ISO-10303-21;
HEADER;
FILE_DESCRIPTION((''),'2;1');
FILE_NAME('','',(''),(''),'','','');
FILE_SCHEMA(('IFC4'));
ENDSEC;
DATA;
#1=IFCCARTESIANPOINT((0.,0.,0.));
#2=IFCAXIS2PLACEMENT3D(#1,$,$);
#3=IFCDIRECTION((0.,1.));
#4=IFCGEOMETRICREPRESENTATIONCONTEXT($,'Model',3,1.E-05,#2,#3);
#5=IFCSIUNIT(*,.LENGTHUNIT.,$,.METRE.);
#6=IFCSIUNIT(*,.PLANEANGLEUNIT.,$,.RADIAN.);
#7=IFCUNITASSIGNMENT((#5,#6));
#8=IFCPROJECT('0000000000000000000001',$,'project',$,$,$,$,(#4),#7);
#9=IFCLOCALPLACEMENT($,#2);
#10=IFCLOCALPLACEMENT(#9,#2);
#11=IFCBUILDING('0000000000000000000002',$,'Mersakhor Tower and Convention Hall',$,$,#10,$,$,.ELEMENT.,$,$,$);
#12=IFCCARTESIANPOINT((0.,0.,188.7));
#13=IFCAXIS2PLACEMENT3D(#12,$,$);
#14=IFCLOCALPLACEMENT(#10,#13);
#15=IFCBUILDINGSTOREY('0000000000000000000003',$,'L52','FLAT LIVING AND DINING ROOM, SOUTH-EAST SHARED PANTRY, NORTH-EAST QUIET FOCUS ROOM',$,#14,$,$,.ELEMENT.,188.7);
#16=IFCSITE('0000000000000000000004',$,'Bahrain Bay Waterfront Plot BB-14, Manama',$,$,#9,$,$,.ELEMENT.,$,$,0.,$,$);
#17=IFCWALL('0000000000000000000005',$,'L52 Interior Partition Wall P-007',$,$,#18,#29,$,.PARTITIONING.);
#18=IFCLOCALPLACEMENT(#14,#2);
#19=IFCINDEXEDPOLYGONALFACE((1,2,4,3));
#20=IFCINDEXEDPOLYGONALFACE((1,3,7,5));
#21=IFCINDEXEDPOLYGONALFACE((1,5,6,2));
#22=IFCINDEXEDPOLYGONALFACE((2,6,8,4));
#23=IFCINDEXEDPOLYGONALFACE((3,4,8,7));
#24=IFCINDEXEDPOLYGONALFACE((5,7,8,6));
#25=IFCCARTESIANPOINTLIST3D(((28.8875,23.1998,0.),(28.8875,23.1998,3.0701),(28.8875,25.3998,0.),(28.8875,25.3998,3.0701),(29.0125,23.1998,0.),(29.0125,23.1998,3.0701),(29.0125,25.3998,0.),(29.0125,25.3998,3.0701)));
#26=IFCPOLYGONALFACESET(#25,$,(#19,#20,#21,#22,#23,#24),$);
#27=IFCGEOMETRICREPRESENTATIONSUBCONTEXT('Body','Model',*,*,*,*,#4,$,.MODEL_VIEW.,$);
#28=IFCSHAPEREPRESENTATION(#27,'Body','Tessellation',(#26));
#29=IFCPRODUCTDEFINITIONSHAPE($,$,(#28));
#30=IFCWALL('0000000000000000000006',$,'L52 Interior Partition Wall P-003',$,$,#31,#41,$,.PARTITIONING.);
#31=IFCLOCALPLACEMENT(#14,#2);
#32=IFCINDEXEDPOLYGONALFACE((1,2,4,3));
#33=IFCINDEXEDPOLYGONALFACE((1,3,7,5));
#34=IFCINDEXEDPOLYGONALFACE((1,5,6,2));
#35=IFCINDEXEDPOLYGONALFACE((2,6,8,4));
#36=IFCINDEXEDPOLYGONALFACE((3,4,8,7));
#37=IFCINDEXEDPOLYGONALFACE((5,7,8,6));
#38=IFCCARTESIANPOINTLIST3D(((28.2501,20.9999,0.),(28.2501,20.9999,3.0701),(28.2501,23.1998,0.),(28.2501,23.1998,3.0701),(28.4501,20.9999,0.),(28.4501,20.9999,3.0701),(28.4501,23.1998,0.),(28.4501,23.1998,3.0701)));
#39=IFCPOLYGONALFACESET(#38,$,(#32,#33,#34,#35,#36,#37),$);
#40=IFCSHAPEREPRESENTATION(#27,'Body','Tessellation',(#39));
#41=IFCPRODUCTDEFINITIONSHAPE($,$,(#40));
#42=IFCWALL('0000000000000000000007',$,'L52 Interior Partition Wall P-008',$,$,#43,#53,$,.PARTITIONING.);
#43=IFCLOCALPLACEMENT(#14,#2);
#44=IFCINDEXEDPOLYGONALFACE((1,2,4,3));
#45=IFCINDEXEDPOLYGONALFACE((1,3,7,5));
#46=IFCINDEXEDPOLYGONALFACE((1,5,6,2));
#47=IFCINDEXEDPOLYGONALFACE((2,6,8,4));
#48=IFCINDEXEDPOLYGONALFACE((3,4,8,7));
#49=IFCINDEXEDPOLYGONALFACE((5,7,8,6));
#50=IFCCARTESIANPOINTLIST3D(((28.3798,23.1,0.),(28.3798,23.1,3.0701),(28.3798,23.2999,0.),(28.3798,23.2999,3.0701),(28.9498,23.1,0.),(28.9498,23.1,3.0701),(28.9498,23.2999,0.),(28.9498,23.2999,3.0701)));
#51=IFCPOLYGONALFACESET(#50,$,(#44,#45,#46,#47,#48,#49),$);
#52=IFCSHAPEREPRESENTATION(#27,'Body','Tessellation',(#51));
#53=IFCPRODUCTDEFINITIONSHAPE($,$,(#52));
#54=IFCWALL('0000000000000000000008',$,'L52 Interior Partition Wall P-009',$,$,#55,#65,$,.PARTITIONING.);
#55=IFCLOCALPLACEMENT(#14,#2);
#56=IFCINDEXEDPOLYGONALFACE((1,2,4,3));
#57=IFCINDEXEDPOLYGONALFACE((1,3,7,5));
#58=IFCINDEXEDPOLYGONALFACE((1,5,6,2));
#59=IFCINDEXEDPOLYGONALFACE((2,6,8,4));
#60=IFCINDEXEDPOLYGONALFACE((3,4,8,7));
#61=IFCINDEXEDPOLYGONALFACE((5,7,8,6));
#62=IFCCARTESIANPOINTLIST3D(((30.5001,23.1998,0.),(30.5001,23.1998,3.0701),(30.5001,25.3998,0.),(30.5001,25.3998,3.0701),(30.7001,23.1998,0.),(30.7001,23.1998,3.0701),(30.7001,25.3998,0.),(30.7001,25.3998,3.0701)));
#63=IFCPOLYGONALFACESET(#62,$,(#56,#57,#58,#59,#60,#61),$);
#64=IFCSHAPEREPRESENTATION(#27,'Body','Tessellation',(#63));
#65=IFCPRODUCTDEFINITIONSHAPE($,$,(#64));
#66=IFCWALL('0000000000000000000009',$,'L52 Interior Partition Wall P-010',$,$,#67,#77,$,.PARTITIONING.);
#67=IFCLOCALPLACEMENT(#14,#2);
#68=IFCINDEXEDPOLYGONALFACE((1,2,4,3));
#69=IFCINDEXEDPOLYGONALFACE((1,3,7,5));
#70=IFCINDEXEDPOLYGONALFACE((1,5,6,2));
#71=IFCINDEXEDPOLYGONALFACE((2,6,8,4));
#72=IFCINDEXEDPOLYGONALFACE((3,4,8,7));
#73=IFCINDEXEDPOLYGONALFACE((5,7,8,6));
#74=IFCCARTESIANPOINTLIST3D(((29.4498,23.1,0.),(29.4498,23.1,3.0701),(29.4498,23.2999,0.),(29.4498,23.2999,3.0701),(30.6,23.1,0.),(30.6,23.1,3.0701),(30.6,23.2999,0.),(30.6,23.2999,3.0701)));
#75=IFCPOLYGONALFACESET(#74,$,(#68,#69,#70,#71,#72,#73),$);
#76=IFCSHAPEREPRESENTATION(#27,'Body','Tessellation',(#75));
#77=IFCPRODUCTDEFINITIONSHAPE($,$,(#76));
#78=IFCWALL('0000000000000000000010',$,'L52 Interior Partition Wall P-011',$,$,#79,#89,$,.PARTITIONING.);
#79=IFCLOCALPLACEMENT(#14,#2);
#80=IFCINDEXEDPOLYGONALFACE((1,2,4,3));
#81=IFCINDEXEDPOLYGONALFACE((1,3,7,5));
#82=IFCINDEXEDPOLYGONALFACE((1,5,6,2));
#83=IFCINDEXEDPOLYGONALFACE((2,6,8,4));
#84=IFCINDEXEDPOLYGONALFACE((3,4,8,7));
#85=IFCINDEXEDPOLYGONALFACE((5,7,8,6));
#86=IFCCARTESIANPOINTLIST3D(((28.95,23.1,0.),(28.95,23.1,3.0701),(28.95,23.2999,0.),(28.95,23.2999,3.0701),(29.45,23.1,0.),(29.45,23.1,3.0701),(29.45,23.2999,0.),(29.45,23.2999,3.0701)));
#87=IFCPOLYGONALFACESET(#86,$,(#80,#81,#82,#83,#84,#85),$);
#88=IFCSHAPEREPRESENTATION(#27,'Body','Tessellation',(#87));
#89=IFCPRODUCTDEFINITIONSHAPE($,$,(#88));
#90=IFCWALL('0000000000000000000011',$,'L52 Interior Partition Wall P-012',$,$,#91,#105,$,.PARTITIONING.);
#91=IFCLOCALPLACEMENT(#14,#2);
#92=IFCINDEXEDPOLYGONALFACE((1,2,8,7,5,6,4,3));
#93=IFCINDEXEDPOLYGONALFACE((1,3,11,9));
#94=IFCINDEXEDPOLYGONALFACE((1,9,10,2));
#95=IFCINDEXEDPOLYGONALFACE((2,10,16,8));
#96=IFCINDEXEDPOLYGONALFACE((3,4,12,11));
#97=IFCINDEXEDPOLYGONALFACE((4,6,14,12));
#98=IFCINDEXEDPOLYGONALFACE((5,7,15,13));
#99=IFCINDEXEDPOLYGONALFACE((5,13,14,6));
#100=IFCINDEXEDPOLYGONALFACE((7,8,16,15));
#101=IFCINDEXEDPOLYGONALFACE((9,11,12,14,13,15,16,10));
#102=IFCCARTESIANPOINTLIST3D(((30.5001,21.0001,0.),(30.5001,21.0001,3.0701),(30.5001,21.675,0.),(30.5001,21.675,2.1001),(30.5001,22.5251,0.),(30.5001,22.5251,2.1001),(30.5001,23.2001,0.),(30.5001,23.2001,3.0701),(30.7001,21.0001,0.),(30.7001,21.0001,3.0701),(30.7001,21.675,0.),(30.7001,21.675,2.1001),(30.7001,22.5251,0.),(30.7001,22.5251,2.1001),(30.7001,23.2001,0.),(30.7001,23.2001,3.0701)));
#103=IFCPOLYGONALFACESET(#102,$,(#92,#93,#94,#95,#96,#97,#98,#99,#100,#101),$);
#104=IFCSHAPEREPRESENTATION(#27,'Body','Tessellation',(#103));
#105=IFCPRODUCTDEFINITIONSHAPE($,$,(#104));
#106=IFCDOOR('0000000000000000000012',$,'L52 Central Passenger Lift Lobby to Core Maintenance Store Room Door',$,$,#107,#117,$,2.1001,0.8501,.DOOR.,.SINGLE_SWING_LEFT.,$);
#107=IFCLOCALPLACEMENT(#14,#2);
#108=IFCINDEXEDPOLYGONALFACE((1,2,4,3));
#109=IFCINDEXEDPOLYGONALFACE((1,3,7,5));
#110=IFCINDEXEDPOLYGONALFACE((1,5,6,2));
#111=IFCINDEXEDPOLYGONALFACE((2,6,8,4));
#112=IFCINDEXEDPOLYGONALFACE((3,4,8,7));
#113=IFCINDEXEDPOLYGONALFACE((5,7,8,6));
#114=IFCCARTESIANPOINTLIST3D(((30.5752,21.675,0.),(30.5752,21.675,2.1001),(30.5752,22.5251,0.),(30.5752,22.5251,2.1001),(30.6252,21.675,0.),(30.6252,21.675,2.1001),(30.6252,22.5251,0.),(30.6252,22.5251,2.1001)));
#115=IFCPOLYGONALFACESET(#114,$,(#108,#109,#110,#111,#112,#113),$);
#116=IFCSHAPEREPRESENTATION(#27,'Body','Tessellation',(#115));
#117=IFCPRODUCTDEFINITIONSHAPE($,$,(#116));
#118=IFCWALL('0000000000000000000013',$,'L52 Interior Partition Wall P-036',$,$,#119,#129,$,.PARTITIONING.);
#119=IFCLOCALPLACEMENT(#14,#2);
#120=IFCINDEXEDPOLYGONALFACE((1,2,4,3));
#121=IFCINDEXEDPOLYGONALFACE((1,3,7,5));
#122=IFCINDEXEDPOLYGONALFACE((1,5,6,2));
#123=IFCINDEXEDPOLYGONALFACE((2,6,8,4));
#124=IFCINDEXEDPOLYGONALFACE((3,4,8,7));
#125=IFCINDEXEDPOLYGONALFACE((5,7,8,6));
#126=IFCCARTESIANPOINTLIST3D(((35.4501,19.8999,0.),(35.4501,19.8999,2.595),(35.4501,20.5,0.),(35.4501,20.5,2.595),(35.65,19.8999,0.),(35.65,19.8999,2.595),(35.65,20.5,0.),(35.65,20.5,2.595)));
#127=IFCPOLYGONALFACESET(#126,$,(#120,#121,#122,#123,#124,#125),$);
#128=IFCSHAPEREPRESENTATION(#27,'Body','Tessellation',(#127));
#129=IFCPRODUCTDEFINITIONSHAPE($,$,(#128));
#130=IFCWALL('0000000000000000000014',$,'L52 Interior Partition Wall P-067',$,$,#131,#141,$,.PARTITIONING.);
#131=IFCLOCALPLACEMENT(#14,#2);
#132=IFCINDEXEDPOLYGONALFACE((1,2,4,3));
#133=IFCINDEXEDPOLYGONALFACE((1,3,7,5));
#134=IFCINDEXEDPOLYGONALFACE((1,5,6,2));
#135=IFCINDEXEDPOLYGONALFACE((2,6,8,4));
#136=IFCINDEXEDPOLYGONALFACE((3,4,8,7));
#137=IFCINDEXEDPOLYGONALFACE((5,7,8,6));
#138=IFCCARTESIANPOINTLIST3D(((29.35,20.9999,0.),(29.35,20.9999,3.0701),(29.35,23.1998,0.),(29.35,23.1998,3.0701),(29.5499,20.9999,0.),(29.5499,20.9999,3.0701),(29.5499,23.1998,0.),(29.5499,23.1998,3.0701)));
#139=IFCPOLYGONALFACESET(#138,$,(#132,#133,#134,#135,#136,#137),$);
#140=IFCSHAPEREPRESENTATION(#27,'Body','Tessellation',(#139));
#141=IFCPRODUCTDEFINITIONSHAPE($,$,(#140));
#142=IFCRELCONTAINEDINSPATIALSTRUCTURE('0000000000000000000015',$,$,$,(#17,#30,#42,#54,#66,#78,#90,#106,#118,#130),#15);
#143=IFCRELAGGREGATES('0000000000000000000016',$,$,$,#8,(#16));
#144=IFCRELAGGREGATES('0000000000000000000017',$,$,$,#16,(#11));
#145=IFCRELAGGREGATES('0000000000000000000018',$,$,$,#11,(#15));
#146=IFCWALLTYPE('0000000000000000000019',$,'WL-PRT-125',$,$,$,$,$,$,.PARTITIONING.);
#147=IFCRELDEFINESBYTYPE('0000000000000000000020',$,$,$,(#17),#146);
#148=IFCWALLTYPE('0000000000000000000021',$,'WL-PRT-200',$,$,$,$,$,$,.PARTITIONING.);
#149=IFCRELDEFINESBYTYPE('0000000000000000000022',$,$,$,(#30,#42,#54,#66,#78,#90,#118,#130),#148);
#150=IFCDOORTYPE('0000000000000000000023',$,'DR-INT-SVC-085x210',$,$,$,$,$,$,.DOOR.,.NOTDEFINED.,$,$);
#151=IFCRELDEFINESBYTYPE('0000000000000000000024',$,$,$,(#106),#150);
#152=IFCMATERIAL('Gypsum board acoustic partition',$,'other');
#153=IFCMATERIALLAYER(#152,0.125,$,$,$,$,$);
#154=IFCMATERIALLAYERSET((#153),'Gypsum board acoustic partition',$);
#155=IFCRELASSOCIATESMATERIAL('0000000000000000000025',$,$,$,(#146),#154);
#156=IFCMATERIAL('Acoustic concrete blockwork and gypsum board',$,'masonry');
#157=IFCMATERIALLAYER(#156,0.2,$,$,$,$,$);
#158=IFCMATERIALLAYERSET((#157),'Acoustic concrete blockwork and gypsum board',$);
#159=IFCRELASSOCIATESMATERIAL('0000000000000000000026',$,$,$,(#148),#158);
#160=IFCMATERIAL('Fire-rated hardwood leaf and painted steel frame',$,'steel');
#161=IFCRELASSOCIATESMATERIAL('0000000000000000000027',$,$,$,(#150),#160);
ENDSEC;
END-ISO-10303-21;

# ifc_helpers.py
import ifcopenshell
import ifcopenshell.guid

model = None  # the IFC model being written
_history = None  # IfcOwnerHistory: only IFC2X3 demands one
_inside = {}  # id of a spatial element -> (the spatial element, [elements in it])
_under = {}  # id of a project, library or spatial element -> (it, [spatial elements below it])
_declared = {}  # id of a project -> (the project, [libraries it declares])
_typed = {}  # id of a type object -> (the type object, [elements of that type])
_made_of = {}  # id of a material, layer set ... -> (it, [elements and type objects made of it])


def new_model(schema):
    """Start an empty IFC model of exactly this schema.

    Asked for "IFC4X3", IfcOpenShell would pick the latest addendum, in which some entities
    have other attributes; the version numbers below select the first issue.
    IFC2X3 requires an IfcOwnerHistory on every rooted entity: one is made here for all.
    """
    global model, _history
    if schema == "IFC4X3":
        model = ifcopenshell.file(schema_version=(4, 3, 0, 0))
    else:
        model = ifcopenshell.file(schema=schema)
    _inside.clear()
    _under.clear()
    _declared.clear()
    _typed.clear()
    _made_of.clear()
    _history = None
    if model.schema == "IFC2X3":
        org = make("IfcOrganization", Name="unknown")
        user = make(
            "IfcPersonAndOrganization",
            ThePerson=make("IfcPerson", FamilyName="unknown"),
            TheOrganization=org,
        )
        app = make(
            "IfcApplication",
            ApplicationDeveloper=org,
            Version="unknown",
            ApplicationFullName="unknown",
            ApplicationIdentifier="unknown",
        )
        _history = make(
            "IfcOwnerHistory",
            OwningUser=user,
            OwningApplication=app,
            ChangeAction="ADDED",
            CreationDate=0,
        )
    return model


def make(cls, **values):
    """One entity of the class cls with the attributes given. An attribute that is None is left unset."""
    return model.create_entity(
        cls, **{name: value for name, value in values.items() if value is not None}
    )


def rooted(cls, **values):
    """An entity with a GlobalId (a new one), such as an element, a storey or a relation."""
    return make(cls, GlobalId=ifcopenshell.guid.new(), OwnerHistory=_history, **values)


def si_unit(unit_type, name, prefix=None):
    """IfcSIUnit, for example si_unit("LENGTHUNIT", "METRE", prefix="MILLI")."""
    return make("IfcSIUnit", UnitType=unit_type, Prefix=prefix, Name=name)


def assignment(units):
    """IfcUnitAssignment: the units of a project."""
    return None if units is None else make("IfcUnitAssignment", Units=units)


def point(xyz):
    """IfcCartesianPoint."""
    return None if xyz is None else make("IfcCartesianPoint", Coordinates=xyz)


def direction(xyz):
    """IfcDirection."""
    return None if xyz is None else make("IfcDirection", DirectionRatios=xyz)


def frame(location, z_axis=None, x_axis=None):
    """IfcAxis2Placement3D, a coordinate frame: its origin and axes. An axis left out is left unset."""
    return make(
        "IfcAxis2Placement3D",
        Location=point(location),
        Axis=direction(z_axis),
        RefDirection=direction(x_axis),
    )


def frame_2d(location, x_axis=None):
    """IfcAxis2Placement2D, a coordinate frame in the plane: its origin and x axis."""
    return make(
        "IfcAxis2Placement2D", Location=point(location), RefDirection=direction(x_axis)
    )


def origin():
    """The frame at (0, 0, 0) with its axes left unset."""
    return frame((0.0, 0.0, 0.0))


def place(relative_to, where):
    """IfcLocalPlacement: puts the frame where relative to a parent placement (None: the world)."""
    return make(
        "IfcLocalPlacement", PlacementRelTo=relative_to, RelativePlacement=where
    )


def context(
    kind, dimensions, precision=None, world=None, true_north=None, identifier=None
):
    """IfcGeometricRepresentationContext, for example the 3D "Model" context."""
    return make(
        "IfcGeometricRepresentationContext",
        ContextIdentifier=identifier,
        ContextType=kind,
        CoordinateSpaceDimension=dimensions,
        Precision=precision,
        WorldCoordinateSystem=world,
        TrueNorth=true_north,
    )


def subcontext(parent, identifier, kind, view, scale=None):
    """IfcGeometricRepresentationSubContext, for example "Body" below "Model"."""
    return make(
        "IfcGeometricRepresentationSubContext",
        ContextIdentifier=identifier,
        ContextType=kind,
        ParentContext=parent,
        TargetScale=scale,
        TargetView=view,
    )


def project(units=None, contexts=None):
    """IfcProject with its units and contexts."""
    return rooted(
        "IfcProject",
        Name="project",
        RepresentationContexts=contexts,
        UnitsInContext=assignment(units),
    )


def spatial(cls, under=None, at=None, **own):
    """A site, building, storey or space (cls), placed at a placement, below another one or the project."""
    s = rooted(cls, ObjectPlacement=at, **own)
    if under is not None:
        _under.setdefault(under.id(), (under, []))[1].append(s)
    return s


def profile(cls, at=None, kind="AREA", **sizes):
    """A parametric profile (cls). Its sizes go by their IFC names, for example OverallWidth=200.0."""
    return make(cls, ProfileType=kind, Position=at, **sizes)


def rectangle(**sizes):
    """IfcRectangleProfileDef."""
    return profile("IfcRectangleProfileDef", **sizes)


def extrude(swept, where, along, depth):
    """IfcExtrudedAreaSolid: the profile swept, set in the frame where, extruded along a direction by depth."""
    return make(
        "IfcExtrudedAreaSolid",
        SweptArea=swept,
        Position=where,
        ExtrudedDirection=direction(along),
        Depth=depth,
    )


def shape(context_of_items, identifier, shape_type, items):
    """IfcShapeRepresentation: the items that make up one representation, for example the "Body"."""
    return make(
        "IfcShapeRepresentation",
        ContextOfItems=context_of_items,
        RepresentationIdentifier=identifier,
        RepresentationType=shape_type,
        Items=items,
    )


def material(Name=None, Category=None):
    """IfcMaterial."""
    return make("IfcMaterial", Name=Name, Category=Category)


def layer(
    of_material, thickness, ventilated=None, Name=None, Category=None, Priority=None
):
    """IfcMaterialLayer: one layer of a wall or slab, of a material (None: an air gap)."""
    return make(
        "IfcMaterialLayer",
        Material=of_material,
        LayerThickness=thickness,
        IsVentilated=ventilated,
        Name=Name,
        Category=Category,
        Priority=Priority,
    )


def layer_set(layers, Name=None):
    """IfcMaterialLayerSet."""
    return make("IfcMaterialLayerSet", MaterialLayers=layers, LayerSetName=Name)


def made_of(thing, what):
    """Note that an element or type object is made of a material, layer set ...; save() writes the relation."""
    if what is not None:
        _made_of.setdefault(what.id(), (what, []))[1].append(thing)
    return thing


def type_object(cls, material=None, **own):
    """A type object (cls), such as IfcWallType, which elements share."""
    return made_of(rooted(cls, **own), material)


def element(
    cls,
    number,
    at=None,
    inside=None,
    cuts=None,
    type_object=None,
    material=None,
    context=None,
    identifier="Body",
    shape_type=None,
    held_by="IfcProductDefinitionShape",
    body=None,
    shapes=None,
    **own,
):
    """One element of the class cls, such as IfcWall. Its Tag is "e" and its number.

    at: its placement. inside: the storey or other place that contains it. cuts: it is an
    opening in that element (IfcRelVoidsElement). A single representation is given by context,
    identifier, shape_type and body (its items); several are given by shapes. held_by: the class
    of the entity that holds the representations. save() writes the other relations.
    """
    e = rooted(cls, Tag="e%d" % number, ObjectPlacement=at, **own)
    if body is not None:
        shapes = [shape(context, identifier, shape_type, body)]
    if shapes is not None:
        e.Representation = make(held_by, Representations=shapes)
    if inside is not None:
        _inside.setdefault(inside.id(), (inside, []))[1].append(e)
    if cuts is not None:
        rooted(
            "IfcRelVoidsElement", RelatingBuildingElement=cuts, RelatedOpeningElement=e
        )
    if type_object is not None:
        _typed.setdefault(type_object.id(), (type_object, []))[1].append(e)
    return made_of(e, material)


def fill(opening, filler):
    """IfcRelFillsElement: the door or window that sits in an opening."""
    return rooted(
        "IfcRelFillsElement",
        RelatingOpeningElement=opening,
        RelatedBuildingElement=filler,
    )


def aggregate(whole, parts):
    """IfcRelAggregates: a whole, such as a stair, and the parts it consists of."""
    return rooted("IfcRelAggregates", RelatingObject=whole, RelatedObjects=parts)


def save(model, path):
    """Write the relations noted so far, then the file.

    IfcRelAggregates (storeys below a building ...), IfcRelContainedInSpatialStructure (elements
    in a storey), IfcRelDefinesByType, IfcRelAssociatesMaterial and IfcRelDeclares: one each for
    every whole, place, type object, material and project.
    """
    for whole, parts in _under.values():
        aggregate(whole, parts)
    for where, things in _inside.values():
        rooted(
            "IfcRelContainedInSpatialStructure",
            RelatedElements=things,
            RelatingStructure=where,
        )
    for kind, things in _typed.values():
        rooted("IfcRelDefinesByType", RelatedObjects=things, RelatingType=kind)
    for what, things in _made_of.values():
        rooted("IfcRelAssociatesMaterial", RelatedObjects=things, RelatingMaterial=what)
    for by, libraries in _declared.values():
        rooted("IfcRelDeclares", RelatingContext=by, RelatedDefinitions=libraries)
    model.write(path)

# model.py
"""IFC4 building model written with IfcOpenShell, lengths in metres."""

from ifc_helpers import new_model, si_unit, direction, frame, frame_2d, origin, place, context, subcontext, project, spatial, rectangle, extrude, material, layer, layer_set, type_object, element, fill, save


model = new_model("IFC4")

# Units and contexts
model_context = context("Model", 3, precision=1e-05, world=origin(), true_north=direction((0.0, 1.0)))
body_context = subcontext(model_context, "Body", "Model", "MODEL_VIEW")
ifc_project = project(units=[si_unit("LENGTHUNIT", "METRE"), si_unit("PLANEANGLEUNIT", "RADIAN")], contexts=[model_context])

# Site, building, storey
site_placement = place(None, origin())
site = spatial("IfcSite", under=ifc_project, at=site_placement, Name="Bahrain Bay Waterfront Plot BB-14, Manama", CompositionType="ELEMENT", RefElevation=0.0)
building_placement = place(site_placement, origin())
building = spatial("IfcBuilding", under=site, at=building_placement, Name="Mersakhor Tower and Convention Hall", CompositionType="ELEMENT")
storey_placement = place(building_placement, frame((0.0, 0.0, 188.7)))
storey = spatial("IfcBuildingStorey", under=building, at=storey_placement, Name="L52", Description="FLAT LIVING AND DINING ROOM, SOUTH-EAST SHARED PANTRY, NORTH-EAST QUIET FOCUS ROOM", CompositionType="ELEMENT", Elevation=188.7)

# Walls
ifc_material_1 = material(Name="Gypsum board acoustic partition", Category="other")
ifc_layer_1 = layer(ifc_material_1, 0.125)
ifc_layer_set_1 = layer_set([ifc_layer_1], Name="Gypsum board acoustic partition")
wall_type_1 = type_object("IfcWallType", Name="WL-PRT-125", PredefinedType="PARTITIONING", material=ifc_layer_set_1)
wall_1_placement = place(storey_placement, frame((28.95, 25.3999, 0.0), z_axis=(0.0, 0.0, 1.0), x_axis=(0.0, -1.0, 0.0)))
element("IfcWall", 1, at=wall_1_placement, inside=storey, type_object=wall_type_1, Name="L52 Interior Partition Wall P-007", PredefinedType="PARTITIONING", context=body_context, shape_type="SweptSolid", body=[
    extrude(rectangle(XDim=2.2, YDim=0.125, at=frame_2d((1.1001, 0.0))), origin(), (0.0, 0.0, 1.0), 3.0701),
])
ifc_material_2 = material(Name="Acoustic concrete blockwork and gypsum board", Category="masonry")
ifc_layer_2 = layer(ifc_material_2, 0.2)
ifc_layer_set_2 = layer_set([ifc_layer_2], Name="Acoustic concrete blockwork and gypsum board")
wall_type_2 = type_object("IfcWallType", Name="WL-PRT-200", PredefinedType="PARTITIONING", material=ifc_layer_set_2)
wall_2_placement = place(storey_placement, frame((28.3501, 23.2, 0.0), z_axis=(0.0, 0.0, 1.0), x_axis=(0.0, -1.0, 0.0)))
element("IfcWall", 2, at=wall_2_placement, inside=storey, type_object=wall_type_2, Name="L52 Interior Partition Wall P-003", PredefinedType="PARTITIONING", context=body_context, shape_type="SweptSolid", body=[
    extrude(rectangle(XDim=2.2, YDim=0.2, at=frame_2d((1.1001, 0.0))), origin(), (0.0, 0.0, 1.0), 3.0701),
])
wall_3_placement = place(storey_placement, frame((28.95, 23.2, 0.0), z_axis=(0.0, 0.0, 1.0), x_axis=(-1.0, 0.0, 0.0)))
element("IfcWall", 3, at=wall_3_placement, inside=storey, type_object=wall_type_2, Name="L52 Interior Partition Wall P-008", PredefinedType="PARTITIONING", context=body_context, shape_type="SweptSolid", body=[
    extrude(rectangle(XDim=0.5701, YDim=0.2, at=frame_2d((0.2852, 0.0))), origin(), (0.0, 0.0, 1.0), 3.0701),
])
wall_4_placement = place(storey_placement, frame((30.6001, 25.3999, 0.0), z_axis=(0.0, 0.0, 1.0), x_axis=(0.0, -1.0, 0.0)))
element("IfcWall", 4, at=wall_4_placement, inside=storey, type_object=wall_type_2, Name="L52 Interior Partition Wall P-009", PredefinedType="PARTITIONING", context=body_context, shape_type="SweptSolid", body=[
    extrude(rectangle(XDim=2.2, YDim=0.2, at=frame_2d((1.1001, 0.0))), origin(), (0.0, 0.0, 1.0), 3.0701),
])
wall_5_placement = place(storey_placement, frame((30.6001, 23.2, 0.0), z_axis=(0.0, 0.0, 1.0), x_axis=(-1.0, 0.0, 0.0)))
element("IfcWall", 5, at=wall_5_placement, inside=storey, type_object=wall_type_2, Name="L52 Interior Partition Wall P-010", PredefinedType="PARTITIONING", context=body_context, shape_type="SweptSolid", body=[
    extrude(rectangle(XDim=1.1501, YDim=0.2, at=frame_2d((0.5752, 0.0))), origin(), (0.0, 0.0, 1.0), 3.0701),
])
wall_6_placement = place(storey_placement, frame((29.45, 23.2, 0.0), z_axis=(0.0, 0.0, 1.0), x_axis=(-1.0, 0.0, 0.0)))
element("IfcWall", 6, at=wall_6_placement, inside=storey, type_object=wall_type_2, Name="L52 Interior Partition Wall P-011", PredefinedType="PARTITIONING", context=body_context, shape_type="SweptSolid", body=[
    extrude(rectangle(XDim=0.5, YDim=0.2, at=frame_2d((0.25, 0.0))), origin(), (0.0, 0.0, 1.0), 3.0701),
])

# Wall, opening, door
wall_7_placement = place(storey_placement, frame((30.6001, 21.0, 0.0), z_axis=(0.0, 0.0, 1.0), x_axis=(0.0, 1.0, 0.0)))
wall_7 = element("IfcWall", 7, at=wall_7_placement, inside=storey, type_object=wall_type_2, Name="L52 Interior Partition Wall P-012", PredefinedType="PARTITIONING", context=body_context, shape_type="SweptSolid", body=[
    extrude(rectangle(XDim=2.2, YDim=0.2, at=frame_2d((1.1001, 0.0))), origin(), (0.0, 0.0, 1.0), 3.0701),
])
opening_1_placement = place(wall_7_placement, frame((0.675, 0.0, 0.0)))
opening_1 = element("IfcOpeningElement", 8, at=opening_1_placement, cuts=wall_7, PredefinedType="OPENING", context=body_context, shape_type="SweptSolid", body=[
    extrude(rectangle(XDim=0.8501, YDim=2.1001, at=frame_2d((0.425, 1.05))), frame((0.0, 0.1099, 0.0), z_axis=(0.0, -1.0, 0.0), x_axis=(1.0, 0.0, 0.0)), (0.0, 0.0, 1.0), 0.22),
])
ifc_material_3 = material(Name="Fire-rated hardwood leaf and painted steel frame", Category="steel")
door_type_1 = type_object("IfcDoorType", Name="DR-INT-SVC-085x210", OperationType="NOTDEFINED", PredefinedType="DOOR", material=ifc_material_3)
door_1_placement = place(opening_1_placement, origin())
door_1 = element("IfcDoor", 9, at=door_1_placement, inside=storey, type_object=door_type_1, Name="L52 Central Passenger Lift Lobby to Core Maintenance Store Room Door", OperationType="SINGLE_SWING_LEFT", OverallHeight=2.1001, OverallWidth=0.8501, PredefinedType="DOOR", context=body_context, shape_type="SweptSolid", body=[
    extrude(rectangle(XDim=0.8501, YDim=2.1001, at=frame_2d((0.425, 1.05))), frame((0.0, 0.0249, 0.0), z_axis=(0.0, -1.0, 0.0), x_axis=(1.0, 0.0, 0.0)), (0.0, 0.0, 1.0), 0.05),
])
fill(opening_1, door_1)

# Walls
wall_8_placement = place(storey_placement, frame((35.55, 20.5, 0.0), z_axis=(0.0, 0.0, 1.0), x_axis=(0.0, -1.0, 0.0)))
element("IfcWall", 10, at=wall_8_placement, inside=storey, type_object=wall_type_2, Name="L52 Interior Partition Wall P-036", PredefinedType="PARTITIONING", context=body_context, shape_type="SweptSolid", body=[
    extrude(rectangle(XDim=0.6001, YDim=0.2, at=frame_2d((0.3, 0.0))), origin(), (0.0, 0.0, 1.0), 2.595),
])
wall_9_placement = place(storey_placement, frame((29.45, 23.2, 0.0), z_axis=(0.0, 0.0, 1.0), x_axis=(0.0, -1.0, 0.0)))
element("IfcWall", 11, at=wall_9_placement, inside=storey, type_object=wall_type_2, Name="L52 Interior Partition Wall P-067", PredefinedType="PARTITIONING", context=body_context, shape_type="SweptSolid", body=[
    extrude(rectangle(XDim=2.2, YDim=0.2, at=frame_2d((1.1001, 0.0))), origin(), (0.0, 0.0, 1.0), 3.0701),
])

save(model, "model.ifc")
